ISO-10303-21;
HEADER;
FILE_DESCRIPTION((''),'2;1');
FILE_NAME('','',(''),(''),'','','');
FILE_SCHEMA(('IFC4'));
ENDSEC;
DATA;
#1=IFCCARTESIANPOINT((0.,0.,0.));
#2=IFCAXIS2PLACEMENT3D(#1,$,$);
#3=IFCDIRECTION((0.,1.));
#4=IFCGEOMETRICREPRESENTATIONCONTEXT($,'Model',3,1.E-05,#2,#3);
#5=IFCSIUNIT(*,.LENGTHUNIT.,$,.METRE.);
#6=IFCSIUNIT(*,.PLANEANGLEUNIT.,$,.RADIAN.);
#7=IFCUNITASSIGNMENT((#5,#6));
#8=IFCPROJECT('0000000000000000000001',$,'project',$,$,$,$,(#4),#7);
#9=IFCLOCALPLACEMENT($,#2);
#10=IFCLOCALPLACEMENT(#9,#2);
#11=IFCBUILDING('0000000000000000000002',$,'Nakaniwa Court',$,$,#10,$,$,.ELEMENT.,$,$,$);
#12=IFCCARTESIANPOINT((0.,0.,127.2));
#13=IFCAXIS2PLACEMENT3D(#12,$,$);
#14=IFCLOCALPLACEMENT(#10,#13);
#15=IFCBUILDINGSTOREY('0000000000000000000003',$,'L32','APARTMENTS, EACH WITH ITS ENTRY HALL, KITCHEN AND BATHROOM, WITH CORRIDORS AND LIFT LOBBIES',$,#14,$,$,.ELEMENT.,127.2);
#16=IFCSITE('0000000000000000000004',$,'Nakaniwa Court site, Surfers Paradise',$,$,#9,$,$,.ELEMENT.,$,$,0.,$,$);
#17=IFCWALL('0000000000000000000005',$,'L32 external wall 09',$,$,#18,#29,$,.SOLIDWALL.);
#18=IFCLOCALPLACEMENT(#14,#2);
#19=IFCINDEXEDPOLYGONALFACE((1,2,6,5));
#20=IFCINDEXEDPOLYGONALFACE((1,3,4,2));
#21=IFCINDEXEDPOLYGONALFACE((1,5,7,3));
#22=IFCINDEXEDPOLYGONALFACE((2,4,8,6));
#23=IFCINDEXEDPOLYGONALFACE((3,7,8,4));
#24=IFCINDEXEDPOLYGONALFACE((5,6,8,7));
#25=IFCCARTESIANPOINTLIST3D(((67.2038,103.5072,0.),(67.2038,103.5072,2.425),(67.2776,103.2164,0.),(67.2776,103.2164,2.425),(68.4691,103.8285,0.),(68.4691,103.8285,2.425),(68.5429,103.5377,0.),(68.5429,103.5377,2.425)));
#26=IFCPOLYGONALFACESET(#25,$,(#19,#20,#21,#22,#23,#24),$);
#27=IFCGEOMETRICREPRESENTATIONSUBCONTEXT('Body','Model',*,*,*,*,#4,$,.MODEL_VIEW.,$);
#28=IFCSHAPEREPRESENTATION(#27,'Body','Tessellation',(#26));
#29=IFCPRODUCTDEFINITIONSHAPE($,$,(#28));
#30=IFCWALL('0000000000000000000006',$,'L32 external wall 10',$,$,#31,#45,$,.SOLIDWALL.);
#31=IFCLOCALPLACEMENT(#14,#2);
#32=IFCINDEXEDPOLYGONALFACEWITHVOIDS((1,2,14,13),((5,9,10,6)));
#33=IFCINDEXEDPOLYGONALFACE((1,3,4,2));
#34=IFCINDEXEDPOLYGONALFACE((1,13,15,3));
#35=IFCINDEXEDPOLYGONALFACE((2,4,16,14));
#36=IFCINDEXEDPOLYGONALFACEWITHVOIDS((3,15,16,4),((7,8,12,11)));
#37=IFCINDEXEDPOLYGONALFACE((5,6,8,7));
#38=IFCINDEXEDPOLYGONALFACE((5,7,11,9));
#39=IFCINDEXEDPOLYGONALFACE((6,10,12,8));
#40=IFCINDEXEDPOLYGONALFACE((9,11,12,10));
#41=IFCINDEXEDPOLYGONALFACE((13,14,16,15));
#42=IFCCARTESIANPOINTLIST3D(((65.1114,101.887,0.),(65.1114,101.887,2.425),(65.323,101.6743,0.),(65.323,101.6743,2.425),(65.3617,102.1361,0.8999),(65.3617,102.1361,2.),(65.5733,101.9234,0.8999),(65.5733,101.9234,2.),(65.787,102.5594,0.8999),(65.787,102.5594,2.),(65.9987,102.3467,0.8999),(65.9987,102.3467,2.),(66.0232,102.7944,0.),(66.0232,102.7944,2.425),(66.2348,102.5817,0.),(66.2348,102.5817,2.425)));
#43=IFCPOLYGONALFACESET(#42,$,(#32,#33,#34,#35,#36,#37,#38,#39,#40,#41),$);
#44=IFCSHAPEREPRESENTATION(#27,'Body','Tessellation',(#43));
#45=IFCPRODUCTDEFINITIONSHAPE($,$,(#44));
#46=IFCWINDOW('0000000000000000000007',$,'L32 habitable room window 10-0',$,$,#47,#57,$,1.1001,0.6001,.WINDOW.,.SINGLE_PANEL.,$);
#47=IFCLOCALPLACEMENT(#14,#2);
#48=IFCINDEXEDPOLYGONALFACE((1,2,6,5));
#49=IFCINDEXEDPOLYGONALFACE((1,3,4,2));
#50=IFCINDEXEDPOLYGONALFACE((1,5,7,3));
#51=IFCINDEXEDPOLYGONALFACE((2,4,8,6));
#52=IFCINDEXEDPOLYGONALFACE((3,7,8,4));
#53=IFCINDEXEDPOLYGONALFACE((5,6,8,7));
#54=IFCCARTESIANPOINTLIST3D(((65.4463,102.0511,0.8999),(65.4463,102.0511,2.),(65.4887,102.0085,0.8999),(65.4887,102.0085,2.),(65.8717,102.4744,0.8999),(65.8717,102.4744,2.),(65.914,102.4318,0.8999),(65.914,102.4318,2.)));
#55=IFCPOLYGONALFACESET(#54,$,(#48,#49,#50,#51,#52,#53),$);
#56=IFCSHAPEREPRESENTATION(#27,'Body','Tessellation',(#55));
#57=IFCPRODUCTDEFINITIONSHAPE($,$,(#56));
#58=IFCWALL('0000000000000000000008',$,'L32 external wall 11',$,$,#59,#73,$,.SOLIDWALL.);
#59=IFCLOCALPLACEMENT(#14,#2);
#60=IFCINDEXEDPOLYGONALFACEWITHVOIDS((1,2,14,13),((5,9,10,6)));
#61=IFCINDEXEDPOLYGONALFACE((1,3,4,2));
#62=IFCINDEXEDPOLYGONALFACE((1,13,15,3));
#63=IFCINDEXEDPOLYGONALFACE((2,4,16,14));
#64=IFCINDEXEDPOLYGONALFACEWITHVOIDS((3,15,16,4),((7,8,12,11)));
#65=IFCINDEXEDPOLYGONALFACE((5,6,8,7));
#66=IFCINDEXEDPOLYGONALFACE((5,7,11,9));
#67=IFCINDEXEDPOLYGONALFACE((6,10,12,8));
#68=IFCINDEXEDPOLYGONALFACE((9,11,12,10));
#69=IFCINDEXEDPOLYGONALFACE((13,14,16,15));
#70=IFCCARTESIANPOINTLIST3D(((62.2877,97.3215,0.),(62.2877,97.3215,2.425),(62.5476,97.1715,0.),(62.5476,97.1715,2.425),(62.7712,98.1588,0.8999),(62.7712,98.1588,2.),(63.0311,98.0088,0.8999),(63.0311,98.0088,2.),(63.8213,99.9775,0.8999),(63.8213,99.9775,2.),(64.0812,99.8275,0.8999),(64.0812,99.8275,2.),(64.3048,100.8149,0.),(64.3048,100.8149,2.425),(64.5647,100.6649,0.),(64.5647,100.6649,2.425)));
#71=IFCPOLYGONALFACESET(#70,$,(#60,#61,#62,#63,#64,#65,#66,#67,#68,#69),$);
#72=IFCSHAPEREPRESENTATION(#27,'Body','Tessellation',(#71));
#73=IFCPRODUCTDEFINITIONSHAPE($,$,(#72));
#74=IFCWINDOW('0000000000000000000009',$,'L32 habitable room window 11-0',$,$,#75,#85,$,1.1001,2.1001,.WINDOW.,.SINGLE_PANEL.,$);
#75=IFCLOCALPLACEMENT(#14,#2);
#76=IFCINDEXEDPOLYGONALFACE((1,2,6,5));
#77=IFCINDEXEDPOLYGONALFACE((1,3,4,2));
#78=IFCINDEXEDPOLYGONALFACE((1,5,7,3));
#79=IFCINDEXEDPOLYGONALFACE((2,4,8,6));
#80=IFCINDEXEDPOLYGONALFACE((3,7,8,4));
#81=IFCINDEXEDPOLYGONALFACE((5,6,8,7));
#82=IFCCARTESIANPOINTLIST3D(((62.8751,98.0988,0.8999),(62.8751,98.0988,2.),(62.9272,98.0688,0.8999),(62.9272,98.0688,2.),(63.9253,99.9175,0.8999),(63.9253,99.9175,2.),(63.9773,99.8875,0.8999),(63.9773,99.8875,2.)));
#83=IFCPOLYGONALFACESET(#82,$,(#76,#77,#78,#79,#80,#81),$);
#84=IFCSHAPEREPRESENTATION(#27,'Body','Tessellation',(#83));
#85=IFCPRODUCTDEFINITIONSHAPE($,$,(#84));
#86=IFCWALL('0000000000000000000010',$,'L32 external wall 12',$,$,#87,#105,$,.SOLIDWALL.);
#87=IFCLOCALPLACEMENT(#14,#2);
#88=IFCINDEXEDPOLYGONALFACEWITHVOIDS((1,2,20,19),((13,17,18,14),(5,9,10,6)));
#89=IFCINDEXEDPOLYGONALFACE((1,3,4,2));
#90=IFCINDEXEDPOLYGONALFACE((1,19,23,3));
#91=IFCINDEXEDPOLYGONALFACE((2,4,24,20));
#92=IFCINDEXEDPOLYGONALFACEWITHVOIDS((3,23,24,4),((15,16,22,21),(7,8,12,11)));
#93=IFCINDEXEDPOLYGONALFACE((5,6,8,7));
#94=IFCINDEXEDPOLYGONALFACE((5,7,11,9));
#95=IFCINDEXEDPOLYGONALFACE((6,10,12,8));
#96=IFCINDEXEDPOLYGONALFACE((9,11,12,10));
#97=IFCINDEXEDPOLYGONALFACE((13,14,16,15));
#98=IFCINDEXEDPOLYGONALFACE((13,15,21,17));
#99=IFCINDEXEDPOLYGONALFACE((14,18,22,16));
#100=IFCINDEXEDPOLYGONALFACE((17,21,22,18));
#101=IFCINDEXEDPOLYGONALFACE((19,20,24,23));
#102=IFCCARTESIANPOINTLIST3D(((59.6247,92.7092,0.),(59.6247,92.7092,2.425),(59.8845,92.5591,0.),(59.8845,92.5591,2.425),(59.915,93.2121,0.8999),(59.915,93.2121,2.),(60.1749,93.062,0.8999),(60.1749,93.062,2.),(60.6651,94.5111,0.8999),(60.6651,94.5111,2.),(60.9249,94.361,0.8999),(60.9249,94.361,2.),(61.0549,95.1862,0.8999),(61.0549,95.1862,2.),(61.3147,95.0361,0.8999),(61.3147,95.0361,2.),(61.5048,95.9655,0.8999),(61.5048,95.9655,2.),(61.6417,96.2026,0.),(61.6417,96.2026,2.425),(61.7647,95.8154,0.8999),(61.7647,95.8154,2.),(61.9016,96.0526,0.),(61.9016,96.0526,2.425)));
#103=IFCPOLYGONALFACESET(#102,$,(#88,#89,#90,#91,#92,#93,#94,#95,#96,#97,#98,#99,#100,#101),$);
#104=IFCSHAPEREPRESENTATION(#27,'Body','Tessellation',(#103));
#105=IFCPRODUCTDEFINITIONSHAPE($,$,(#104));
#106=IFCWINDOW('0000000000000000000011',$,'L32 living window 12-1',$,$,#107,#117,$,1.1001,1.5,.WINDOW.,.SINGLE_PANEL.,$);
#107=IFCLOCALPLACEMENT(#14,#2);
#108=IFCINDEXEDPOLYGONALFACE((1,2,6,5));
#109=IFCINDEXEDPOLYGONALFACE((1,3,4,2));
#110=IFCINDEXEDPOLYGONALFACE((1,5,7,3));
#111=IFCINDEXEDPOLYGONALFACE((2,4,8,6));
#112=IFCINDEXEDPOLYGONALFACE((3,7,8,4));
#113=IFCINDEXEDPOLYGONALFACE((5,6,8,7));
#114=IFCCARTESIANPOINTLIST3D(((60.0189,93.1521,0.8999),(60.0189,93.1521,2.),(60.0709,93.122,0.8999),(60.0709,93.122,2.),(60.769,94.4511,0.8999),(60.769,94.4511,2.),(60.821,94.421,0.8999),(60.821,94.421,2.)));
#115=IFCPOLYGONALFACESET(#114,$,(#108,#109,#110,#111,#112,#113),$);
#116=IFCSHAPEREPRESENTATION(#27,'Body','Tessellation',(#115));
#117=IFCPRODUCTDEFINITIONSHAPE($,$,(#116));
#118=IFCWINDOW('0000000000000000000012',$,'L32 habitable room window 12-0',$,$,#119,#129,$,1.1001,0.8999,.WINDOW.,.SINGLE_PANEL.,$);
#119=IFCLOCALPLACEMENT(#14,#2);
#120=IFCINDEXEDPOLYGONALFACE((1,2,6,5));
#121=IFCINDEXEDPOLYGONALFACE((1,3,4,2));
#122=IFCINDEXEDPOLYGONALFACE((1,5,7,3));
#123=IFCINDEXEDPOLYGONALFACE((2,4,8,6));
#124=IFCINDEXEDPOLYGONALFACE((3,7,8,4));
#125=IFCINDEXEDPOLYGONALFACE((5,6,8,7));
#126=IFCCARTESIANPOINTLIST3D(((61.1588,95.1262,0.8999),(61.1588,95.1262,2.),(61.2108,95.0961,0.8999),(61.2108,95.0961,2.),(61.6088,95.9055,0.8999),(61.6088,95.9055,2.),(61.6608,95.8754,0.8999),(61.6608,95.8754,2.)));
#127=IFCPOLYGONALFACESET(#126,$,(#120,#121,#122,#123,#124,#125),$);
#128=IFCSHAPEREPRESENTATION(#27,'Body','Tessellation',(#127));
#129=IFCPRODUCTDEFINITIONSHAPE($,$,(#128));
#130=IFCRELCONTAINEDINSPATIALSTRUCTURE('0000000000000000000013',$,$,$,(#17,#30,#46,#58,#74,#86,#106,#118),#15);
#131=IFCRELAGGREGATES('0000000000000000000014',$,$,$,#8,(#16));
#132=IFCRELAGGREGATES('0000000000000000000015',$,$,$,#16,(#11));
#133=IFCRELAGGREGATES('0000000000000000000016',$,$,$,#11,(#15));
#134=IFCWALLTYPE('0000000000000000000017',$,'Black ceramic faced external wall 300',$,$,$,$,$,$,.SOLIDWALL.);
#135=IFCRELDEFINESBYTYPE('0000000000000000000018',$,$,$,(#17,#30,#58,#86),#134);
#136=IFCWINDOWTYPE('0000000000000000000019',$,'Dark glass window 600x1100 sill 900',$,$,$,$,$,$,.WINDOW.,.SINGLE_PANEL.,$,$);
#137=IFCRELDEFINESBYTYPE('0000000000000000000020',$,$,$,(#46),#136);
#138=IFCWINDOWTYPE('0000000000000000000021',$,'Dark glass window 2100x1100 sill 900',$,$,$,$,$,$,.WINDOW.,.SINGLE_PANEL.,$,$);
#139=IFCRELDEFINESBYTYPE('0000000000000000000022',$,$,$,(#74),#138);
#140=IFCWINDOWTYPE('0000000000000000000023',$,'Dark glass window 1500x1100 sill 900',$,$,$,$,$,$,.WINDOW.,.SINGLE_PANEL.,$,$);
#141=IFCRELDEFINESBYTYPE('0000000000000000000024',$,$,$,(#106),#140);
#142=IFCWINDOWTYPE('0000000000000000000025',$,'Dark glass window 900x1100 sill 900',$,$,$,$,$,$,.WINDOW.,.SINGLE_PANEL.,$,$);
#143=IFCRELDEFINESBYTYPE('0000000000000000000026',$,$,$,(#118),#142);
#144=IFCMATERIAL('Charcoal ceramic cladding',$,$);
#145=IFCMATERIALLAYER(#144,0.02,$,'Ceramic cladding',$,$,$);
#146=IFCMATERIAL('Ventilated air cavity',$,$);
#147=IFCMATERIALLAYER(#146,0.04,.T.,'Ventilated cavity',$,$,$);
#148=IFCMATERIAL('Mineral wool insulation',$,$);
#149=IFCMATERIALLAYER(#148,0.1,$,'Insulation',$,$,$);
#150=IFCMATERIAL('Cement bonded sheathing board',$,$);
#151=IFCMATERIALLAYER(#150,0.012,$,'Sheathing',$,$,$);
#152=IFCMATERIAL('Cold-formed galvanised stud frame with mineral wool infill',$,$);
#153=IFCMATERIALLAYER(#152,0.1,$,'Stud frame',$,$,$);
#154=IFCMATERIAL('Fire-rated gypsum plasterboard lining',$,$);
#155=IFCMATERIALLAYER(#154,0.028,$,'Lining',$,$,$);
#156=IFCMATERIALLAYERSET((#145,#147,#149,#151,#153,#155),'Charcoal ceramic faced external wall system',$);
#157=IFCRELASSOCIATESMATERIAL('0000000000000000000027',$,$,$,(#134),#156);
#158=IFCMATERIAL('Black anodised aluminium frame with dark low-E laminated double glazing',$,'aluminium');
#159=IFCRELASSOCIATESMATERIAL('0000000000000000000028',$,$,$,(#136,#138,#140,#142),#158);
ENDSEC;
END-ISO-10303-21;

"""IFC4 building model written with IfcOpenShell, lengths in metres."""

from ifc_helpers import new_model, si_unit, direction, frame, frame_2d, origin, place, context, subcontext, project, spatial, rectangle, extrude, material, layer, layer_set, type_object, element, fill, save


model = new_model("IFC4")

# Units and contexts
model_context = context("Model", 3, precision=1e-05, world=origin(), true_north=direction((0.0, 1.0)))
body_context = subcontext(model_context, "Body", "Model", "MODEL_VIEW")
ifc_project = project(units=[si_unit("LENGTHUNIT", "METRE"), si_unit("PLANEANGLEUNIT", "RADIAN")], contexts=[model_context])

# Site, building, storey
site_placement = place(None, origin())
site = spatial("IfcSite", under=ifc_project, at=site_placement, Name="Nakaniwa Court site, Surfers Paradise", CompositionType="ELEMENT", RefElevation=0.0)
building_placement = place(site_placement, origin())
building = spatial("IfcBuilding", under=site, at=building_placement, Name="Nakaniwa Court", CompositionType="ELEMENT")
storey_placement = place(building_placement, frame((0.0, 0.0, 127.2)))
storey = spatial("IfcBuildingStorey", under=building, at=storey_placement, Name="L32", Description="APARTMENTS, EACH WITH ITS ENTRY HALL, KITCHEN AND BATHROOM, WITH CORRIDORS AND LIFT LOBBIES", CompositionType="ELEMENT", Elevation=127.2)

# Wall
ifc_material_1 = material(Name="Charcoal ceramic cladding")
ifc_layer_1 = layer(ifc_material_1, 0.02, Name="Ceramic cladding")
ifc_material_2 = material(Name="Ventilated air cavity")
ifc_layer_2 = layer(ifc_material_2, 0.04, ventilated=True, Name="Ventilated cavity")
ifc_material_3 = material(Name="Mineral wool insulation")
ifc_layer_3 = layer(ifc_material_3, 0.1, Name="Insulation")
ifc_material_4 = material(Name="Cement bonded sheathing board")
ifc_layer_4 = layer(ifc_material_4, 0.012, Name="Sheathing")
ifc_material_5 = material(Name="Cold-formed galvanised stud frame with mineral wool infill")
ifc_layer_5 = layer(ifc_material_5, 0.1, Name="Stud frame")
ifc_material_6 = material(Name="Fire-rated gypsum plasterboard lining")
ifc_layer_6 = layer(ifc_material_6, 0.028, Name="Lining")
ifc_layer_set_1 = layer_set([ifc_layer_1, ifc_layer_2, ifc_layer_3, ifc_layer_4, ifc_layer_5, ifc_layer_6], Name="Charcoal ceramic faced external wall system")
wall_type_1 = type_object("IfcWallType", Name="Black ceramic faced external wall 300", PredefinedType="SOLIDWALL", material=ifc_layer_set_1)
wall_1_placement = place(storey_placement, frame((68.5061, 103.6831, 0.0), z_axis=(0.0, 0.0, 1.0), x_axis=(-0.969245, -0.246098, 0.0)))
element("IfcWall", 1, at=wall_1_placement, inside=storey, type_object=wall_type_1, Name="L32 external wall 09", PredefinedType="SOLIDWALL", context=body_context, shape_type="SweptSolid", body=[
    extrude(rectangle(XDim=1.3054, YDim=0.3, at=frame_2d((0.6528, 0.0))), origin(), (0.0, 0.0, 1.0), 2.425),
])

# Walls, openings, windows
wall_2_placement = place(storey_placement, frame((66.1289, 102.688, 0.0), z_axis=(0.0, 0.0, 1.0), x_axis=(-0.708813, -0.705397, 0.0)))
wall_2 = element("IfcWall", 2, at=wall_2_placement, inside=storey, type_object=wall_type_1, Name="L32 external wall 10", PredefinedType="SOLIDWALL", context=body_context, shape_type="SweptSolid", body=[
    extrude(rectangle(XDim=1.2864, YDim=0.3, at=frame_2d((0.6431, 0.0))), origin(), (0.0, 0.0, 1.0), 2.425),
])
opening_1_placement = place(wall_2_placement, frame((0.333, 0.0, 0.8999)))
opening_1 = element("IfcOpeningElement", 3, at=opening_1_placement, cuts=wall_2, PredefinedType="OPENING", context=body_context, shape_type="SweptSolid", body=[
    extrude(rectangle(XDim=0.6001, YDim=1.1001, at=frame_2d((0.3, 0.55))), frame((0.0, 0.1599, 0.0), z_axis=(0.0, -1.0, 0.0), x_axis=(1.0, 0.0, 0.0)), (0.0, 0.0, 1.0), 0.3201),
])
ifc_material_7 = material(Name="Black anodised aluminium frame with dark low-E laminated double glazing", Category="aluminium")
window_type_1 = type_object("IfcWindowType", Name="Dark glass window 600x1100 sill 900", PartitioningType="SINGLE_PANEL", PredefinedType="WINDOW", material=ifc_material_7)
window_1_placement = place(opening_1_placement, origin())
window_1 = element("IfcWindow", 4, at=window_1_placement, inside=storey, type_object=window_type_1, Name="L32 habitable room window 10-0", OverallHeight=1.1001, OverallWidth=0.6001, PartitioningType="SINGLE_PANEL", PredefinedType="WINDOW", context=body_context, shape_type="SweptSolid", body=[
    extrude(rectangle(XDim=0.6001, YDim=1.1001, at=frame_2d((0.3, 0.55))), frame((0.0, 0.03, 0.0), z_axis=(0.0, -1.0, 0.0), x_axis=(1.0, 0.0, 0.0)), (0.0, 0.0, 1.0), 0.0601),
])
fill(opening_1, window_1)
wall_3_placement = place(storey_placement, frame((64.4348, 100.74, 0.0), z_axis=(0.0, 0.0, 1.0), x_axis=(-0.500032, -0.866007, 0.0)))
wall_3 = element("IfcWall", 5, at=wall_3_placement, inside=storey, type_object=wall_type_1, Name="L32 external wall 11", PredefinedType="SOLIDWALL", context=body_context, shape_type="SweptSolid", body=[
    extrude(rectangle(XDim=4.0339, YDim=0.3, at=frame_2d((2.0171, 0.0))), origin(), (0.0, 0.0, 1.0), 2.425),
])
opening_2_placement = place(wall_3_placement, frame((0.967, 0.0, 0.8999)))
opening_2 = element("IfcOpeningElement", 6, at=opening_2_placement, cuts=wall_3, PredefinedType="OPENING", context=body_context, shape_type="SweptSolid", body=[
    extrude(rectangle(XDim=2.1001, YDim=1.1001, at=frame_2d((1.05, 0.55))), frame((0.0, 0.1599, 0.0), z_axis=(0.0, -1.0, 0.0), x_axis=(1.0, 0.0, 0.0)), (0.0, 0.0, 1.0), 0.3201),
])
window_type_2 = type_object("IfcWindowType", Name="Dark glass window 2100x1100 sill 900", PartitioningType="SINGLE_PANEL", PredefinedType="WINDOW", material=ifc_material_7)
window_2_placement = place(opening_2_placement, origin())
window_2 = element("IfcWindow", 7, at=window_2_placement, inside=storey, type_object=window_type_2, Name="L32 habitable room window 11-0", OverallHeight=1.1001, OverallWidth=2.1001, PartitioningType="SINGLE_PANEL", PredefinedType="WINDOW", context=body_context, shape_type="SweptSolid", body=[
    extrude(rectangle(XDim=2.1001, YDim=1.1001, at=frame_2d((1.05, 0.55))), frame((0.0, 0.03, 0.0), z_axis=(0.0, -1.0, 0.0), x_axis=(1.0, 0.0, 0.0)), (0.0, 0.0, 1.0), 0.0601),
])
fill(opening_2, window_2)

# Wall, openings, windows
wall_4_placement = place(storey_placement, frame((61.7717, 96.1277, 0.0), z_axis=(0.0, 0.0, 1.0), x_axis=(-0.500032, -0.866007, 0.0)))
wall_4 = element("IfcWall", 8, at=wall_4_placement, inside=storey, type_object=wall_type_1, Name="L32 external wall 12", PredefinedType="SOLIDWALL", context=body_context, shape_type="SweptSolid", body=[
    extrude(rectangle(XDim=4.0339, YDim=0.3, at=frame_2d((2.0171, 0.0))), origin(), (0.0, 0.0, 1.0), 2.425),
])
opening_3_placement = place(wall_4_placement, frame((0.2739, 0.0, 0.8999)))
opening_3 = element("IfcOpeningElement", 9, at=opening_3_placement, cuts=wall_4, PredefinedType="OPENING", context=body_context, shape_type="SweptSolid", body=[
    extrude(rectangle(XDim=0.8999, YDim=1.1001, at=frame_2d((0.45, 0.55))), frame((0.0, 0.1599, 0.0), z_axis=(0.0, -1.0, 0.0), x_axis=(1.0, 0.0, 0.0)), (0.0, 0.0, 1.0), 0.3201),
])
opening_4_placement = place(wall_4_placement, frame((1.9534, 0.0, 0.8999)))
opening_4 = element("IfcOpeningElement", 10, at=opening_4_placement, cuts=wall_4, PredefinedType="OPENING", context=body_context, shape_type="SweptSolid", body=[
    extrude(rectangle(XDim=1.5, YDim=1.1001, at=frame_2d((0.75, 0.55))), frame((0.0, 0.1599, 0.0), z_axis=(0.0, -1.0, 0.0), x_axis=(1.0, 0.0, 0.0)), (0.0, 0.0, 1.0), 0.3201),
])
window_type_3 = type_object("IfcWindowType", Name="Dark glass window 1500x1100 sill 900", PartitioningType="SINGLE_PANEL", PredefinedType="WINDOW", material=ifc_material_7)
window_3_placement = place(opening_4_placement, origin())
window_3 = element("IfcWindow", 11, at=window_3_placement, inside=storey, type_object=window_type_3, Name="L32 living window 12-1", OverallHeight=1.1001, OverallWidth=1.5, PartitioningType="SINGLE_PANEL", PredefinedType="WINDOW", context=body_context, shape_type="SweptSolid", body=[
    extrude(rectangle(XDim=1.5, YDim=1.1001, at=frame_2d((0.75, 0.55))), frame((0.0, 0.03, 0.0), z_axis=(0.0, -1.0, 0.0), x_axis=(1.0, 0.0, 0.0)), (0.0, 0.0, 1.0), 0.0601),
])
fill(opening_4, window_3)
window_type_4 = type_object("IfcWindowType", Name="Dark glass window 900x1100 sill 900", PartitioningType="SINGLE_PANEL", PredefinedType="WINDOW", material=ifc_material_7)
window_4_placement = place(opening_3_placement, origin())
window_4 = element("IfcWindow", 12, at=window_4_placement, inside=storey, type_object=window_type_4, Name="L32 habitable room window 12-0", OverallHeight=1.1001, OverallWidth=0.8999, PartitioningType="SINGLE_PANEL", PredefinedType="WINDOW", context=body_context, shape_type="SweptSolid", body=[
    extrude(rectangle(XDim=0.8999, YDim=1.1001, at=frame_2d((0.45, 0.55))), frame((0.0, 0.03, 0.0), z_axis=(0.0, -1.0, 0.0), x_axis=(1.0, 0.0, 0.0)), (0.0, 0.0, 1.0), 0.0601),
])
fill(opening_3, window_4)

save(model, "model.ifc")
